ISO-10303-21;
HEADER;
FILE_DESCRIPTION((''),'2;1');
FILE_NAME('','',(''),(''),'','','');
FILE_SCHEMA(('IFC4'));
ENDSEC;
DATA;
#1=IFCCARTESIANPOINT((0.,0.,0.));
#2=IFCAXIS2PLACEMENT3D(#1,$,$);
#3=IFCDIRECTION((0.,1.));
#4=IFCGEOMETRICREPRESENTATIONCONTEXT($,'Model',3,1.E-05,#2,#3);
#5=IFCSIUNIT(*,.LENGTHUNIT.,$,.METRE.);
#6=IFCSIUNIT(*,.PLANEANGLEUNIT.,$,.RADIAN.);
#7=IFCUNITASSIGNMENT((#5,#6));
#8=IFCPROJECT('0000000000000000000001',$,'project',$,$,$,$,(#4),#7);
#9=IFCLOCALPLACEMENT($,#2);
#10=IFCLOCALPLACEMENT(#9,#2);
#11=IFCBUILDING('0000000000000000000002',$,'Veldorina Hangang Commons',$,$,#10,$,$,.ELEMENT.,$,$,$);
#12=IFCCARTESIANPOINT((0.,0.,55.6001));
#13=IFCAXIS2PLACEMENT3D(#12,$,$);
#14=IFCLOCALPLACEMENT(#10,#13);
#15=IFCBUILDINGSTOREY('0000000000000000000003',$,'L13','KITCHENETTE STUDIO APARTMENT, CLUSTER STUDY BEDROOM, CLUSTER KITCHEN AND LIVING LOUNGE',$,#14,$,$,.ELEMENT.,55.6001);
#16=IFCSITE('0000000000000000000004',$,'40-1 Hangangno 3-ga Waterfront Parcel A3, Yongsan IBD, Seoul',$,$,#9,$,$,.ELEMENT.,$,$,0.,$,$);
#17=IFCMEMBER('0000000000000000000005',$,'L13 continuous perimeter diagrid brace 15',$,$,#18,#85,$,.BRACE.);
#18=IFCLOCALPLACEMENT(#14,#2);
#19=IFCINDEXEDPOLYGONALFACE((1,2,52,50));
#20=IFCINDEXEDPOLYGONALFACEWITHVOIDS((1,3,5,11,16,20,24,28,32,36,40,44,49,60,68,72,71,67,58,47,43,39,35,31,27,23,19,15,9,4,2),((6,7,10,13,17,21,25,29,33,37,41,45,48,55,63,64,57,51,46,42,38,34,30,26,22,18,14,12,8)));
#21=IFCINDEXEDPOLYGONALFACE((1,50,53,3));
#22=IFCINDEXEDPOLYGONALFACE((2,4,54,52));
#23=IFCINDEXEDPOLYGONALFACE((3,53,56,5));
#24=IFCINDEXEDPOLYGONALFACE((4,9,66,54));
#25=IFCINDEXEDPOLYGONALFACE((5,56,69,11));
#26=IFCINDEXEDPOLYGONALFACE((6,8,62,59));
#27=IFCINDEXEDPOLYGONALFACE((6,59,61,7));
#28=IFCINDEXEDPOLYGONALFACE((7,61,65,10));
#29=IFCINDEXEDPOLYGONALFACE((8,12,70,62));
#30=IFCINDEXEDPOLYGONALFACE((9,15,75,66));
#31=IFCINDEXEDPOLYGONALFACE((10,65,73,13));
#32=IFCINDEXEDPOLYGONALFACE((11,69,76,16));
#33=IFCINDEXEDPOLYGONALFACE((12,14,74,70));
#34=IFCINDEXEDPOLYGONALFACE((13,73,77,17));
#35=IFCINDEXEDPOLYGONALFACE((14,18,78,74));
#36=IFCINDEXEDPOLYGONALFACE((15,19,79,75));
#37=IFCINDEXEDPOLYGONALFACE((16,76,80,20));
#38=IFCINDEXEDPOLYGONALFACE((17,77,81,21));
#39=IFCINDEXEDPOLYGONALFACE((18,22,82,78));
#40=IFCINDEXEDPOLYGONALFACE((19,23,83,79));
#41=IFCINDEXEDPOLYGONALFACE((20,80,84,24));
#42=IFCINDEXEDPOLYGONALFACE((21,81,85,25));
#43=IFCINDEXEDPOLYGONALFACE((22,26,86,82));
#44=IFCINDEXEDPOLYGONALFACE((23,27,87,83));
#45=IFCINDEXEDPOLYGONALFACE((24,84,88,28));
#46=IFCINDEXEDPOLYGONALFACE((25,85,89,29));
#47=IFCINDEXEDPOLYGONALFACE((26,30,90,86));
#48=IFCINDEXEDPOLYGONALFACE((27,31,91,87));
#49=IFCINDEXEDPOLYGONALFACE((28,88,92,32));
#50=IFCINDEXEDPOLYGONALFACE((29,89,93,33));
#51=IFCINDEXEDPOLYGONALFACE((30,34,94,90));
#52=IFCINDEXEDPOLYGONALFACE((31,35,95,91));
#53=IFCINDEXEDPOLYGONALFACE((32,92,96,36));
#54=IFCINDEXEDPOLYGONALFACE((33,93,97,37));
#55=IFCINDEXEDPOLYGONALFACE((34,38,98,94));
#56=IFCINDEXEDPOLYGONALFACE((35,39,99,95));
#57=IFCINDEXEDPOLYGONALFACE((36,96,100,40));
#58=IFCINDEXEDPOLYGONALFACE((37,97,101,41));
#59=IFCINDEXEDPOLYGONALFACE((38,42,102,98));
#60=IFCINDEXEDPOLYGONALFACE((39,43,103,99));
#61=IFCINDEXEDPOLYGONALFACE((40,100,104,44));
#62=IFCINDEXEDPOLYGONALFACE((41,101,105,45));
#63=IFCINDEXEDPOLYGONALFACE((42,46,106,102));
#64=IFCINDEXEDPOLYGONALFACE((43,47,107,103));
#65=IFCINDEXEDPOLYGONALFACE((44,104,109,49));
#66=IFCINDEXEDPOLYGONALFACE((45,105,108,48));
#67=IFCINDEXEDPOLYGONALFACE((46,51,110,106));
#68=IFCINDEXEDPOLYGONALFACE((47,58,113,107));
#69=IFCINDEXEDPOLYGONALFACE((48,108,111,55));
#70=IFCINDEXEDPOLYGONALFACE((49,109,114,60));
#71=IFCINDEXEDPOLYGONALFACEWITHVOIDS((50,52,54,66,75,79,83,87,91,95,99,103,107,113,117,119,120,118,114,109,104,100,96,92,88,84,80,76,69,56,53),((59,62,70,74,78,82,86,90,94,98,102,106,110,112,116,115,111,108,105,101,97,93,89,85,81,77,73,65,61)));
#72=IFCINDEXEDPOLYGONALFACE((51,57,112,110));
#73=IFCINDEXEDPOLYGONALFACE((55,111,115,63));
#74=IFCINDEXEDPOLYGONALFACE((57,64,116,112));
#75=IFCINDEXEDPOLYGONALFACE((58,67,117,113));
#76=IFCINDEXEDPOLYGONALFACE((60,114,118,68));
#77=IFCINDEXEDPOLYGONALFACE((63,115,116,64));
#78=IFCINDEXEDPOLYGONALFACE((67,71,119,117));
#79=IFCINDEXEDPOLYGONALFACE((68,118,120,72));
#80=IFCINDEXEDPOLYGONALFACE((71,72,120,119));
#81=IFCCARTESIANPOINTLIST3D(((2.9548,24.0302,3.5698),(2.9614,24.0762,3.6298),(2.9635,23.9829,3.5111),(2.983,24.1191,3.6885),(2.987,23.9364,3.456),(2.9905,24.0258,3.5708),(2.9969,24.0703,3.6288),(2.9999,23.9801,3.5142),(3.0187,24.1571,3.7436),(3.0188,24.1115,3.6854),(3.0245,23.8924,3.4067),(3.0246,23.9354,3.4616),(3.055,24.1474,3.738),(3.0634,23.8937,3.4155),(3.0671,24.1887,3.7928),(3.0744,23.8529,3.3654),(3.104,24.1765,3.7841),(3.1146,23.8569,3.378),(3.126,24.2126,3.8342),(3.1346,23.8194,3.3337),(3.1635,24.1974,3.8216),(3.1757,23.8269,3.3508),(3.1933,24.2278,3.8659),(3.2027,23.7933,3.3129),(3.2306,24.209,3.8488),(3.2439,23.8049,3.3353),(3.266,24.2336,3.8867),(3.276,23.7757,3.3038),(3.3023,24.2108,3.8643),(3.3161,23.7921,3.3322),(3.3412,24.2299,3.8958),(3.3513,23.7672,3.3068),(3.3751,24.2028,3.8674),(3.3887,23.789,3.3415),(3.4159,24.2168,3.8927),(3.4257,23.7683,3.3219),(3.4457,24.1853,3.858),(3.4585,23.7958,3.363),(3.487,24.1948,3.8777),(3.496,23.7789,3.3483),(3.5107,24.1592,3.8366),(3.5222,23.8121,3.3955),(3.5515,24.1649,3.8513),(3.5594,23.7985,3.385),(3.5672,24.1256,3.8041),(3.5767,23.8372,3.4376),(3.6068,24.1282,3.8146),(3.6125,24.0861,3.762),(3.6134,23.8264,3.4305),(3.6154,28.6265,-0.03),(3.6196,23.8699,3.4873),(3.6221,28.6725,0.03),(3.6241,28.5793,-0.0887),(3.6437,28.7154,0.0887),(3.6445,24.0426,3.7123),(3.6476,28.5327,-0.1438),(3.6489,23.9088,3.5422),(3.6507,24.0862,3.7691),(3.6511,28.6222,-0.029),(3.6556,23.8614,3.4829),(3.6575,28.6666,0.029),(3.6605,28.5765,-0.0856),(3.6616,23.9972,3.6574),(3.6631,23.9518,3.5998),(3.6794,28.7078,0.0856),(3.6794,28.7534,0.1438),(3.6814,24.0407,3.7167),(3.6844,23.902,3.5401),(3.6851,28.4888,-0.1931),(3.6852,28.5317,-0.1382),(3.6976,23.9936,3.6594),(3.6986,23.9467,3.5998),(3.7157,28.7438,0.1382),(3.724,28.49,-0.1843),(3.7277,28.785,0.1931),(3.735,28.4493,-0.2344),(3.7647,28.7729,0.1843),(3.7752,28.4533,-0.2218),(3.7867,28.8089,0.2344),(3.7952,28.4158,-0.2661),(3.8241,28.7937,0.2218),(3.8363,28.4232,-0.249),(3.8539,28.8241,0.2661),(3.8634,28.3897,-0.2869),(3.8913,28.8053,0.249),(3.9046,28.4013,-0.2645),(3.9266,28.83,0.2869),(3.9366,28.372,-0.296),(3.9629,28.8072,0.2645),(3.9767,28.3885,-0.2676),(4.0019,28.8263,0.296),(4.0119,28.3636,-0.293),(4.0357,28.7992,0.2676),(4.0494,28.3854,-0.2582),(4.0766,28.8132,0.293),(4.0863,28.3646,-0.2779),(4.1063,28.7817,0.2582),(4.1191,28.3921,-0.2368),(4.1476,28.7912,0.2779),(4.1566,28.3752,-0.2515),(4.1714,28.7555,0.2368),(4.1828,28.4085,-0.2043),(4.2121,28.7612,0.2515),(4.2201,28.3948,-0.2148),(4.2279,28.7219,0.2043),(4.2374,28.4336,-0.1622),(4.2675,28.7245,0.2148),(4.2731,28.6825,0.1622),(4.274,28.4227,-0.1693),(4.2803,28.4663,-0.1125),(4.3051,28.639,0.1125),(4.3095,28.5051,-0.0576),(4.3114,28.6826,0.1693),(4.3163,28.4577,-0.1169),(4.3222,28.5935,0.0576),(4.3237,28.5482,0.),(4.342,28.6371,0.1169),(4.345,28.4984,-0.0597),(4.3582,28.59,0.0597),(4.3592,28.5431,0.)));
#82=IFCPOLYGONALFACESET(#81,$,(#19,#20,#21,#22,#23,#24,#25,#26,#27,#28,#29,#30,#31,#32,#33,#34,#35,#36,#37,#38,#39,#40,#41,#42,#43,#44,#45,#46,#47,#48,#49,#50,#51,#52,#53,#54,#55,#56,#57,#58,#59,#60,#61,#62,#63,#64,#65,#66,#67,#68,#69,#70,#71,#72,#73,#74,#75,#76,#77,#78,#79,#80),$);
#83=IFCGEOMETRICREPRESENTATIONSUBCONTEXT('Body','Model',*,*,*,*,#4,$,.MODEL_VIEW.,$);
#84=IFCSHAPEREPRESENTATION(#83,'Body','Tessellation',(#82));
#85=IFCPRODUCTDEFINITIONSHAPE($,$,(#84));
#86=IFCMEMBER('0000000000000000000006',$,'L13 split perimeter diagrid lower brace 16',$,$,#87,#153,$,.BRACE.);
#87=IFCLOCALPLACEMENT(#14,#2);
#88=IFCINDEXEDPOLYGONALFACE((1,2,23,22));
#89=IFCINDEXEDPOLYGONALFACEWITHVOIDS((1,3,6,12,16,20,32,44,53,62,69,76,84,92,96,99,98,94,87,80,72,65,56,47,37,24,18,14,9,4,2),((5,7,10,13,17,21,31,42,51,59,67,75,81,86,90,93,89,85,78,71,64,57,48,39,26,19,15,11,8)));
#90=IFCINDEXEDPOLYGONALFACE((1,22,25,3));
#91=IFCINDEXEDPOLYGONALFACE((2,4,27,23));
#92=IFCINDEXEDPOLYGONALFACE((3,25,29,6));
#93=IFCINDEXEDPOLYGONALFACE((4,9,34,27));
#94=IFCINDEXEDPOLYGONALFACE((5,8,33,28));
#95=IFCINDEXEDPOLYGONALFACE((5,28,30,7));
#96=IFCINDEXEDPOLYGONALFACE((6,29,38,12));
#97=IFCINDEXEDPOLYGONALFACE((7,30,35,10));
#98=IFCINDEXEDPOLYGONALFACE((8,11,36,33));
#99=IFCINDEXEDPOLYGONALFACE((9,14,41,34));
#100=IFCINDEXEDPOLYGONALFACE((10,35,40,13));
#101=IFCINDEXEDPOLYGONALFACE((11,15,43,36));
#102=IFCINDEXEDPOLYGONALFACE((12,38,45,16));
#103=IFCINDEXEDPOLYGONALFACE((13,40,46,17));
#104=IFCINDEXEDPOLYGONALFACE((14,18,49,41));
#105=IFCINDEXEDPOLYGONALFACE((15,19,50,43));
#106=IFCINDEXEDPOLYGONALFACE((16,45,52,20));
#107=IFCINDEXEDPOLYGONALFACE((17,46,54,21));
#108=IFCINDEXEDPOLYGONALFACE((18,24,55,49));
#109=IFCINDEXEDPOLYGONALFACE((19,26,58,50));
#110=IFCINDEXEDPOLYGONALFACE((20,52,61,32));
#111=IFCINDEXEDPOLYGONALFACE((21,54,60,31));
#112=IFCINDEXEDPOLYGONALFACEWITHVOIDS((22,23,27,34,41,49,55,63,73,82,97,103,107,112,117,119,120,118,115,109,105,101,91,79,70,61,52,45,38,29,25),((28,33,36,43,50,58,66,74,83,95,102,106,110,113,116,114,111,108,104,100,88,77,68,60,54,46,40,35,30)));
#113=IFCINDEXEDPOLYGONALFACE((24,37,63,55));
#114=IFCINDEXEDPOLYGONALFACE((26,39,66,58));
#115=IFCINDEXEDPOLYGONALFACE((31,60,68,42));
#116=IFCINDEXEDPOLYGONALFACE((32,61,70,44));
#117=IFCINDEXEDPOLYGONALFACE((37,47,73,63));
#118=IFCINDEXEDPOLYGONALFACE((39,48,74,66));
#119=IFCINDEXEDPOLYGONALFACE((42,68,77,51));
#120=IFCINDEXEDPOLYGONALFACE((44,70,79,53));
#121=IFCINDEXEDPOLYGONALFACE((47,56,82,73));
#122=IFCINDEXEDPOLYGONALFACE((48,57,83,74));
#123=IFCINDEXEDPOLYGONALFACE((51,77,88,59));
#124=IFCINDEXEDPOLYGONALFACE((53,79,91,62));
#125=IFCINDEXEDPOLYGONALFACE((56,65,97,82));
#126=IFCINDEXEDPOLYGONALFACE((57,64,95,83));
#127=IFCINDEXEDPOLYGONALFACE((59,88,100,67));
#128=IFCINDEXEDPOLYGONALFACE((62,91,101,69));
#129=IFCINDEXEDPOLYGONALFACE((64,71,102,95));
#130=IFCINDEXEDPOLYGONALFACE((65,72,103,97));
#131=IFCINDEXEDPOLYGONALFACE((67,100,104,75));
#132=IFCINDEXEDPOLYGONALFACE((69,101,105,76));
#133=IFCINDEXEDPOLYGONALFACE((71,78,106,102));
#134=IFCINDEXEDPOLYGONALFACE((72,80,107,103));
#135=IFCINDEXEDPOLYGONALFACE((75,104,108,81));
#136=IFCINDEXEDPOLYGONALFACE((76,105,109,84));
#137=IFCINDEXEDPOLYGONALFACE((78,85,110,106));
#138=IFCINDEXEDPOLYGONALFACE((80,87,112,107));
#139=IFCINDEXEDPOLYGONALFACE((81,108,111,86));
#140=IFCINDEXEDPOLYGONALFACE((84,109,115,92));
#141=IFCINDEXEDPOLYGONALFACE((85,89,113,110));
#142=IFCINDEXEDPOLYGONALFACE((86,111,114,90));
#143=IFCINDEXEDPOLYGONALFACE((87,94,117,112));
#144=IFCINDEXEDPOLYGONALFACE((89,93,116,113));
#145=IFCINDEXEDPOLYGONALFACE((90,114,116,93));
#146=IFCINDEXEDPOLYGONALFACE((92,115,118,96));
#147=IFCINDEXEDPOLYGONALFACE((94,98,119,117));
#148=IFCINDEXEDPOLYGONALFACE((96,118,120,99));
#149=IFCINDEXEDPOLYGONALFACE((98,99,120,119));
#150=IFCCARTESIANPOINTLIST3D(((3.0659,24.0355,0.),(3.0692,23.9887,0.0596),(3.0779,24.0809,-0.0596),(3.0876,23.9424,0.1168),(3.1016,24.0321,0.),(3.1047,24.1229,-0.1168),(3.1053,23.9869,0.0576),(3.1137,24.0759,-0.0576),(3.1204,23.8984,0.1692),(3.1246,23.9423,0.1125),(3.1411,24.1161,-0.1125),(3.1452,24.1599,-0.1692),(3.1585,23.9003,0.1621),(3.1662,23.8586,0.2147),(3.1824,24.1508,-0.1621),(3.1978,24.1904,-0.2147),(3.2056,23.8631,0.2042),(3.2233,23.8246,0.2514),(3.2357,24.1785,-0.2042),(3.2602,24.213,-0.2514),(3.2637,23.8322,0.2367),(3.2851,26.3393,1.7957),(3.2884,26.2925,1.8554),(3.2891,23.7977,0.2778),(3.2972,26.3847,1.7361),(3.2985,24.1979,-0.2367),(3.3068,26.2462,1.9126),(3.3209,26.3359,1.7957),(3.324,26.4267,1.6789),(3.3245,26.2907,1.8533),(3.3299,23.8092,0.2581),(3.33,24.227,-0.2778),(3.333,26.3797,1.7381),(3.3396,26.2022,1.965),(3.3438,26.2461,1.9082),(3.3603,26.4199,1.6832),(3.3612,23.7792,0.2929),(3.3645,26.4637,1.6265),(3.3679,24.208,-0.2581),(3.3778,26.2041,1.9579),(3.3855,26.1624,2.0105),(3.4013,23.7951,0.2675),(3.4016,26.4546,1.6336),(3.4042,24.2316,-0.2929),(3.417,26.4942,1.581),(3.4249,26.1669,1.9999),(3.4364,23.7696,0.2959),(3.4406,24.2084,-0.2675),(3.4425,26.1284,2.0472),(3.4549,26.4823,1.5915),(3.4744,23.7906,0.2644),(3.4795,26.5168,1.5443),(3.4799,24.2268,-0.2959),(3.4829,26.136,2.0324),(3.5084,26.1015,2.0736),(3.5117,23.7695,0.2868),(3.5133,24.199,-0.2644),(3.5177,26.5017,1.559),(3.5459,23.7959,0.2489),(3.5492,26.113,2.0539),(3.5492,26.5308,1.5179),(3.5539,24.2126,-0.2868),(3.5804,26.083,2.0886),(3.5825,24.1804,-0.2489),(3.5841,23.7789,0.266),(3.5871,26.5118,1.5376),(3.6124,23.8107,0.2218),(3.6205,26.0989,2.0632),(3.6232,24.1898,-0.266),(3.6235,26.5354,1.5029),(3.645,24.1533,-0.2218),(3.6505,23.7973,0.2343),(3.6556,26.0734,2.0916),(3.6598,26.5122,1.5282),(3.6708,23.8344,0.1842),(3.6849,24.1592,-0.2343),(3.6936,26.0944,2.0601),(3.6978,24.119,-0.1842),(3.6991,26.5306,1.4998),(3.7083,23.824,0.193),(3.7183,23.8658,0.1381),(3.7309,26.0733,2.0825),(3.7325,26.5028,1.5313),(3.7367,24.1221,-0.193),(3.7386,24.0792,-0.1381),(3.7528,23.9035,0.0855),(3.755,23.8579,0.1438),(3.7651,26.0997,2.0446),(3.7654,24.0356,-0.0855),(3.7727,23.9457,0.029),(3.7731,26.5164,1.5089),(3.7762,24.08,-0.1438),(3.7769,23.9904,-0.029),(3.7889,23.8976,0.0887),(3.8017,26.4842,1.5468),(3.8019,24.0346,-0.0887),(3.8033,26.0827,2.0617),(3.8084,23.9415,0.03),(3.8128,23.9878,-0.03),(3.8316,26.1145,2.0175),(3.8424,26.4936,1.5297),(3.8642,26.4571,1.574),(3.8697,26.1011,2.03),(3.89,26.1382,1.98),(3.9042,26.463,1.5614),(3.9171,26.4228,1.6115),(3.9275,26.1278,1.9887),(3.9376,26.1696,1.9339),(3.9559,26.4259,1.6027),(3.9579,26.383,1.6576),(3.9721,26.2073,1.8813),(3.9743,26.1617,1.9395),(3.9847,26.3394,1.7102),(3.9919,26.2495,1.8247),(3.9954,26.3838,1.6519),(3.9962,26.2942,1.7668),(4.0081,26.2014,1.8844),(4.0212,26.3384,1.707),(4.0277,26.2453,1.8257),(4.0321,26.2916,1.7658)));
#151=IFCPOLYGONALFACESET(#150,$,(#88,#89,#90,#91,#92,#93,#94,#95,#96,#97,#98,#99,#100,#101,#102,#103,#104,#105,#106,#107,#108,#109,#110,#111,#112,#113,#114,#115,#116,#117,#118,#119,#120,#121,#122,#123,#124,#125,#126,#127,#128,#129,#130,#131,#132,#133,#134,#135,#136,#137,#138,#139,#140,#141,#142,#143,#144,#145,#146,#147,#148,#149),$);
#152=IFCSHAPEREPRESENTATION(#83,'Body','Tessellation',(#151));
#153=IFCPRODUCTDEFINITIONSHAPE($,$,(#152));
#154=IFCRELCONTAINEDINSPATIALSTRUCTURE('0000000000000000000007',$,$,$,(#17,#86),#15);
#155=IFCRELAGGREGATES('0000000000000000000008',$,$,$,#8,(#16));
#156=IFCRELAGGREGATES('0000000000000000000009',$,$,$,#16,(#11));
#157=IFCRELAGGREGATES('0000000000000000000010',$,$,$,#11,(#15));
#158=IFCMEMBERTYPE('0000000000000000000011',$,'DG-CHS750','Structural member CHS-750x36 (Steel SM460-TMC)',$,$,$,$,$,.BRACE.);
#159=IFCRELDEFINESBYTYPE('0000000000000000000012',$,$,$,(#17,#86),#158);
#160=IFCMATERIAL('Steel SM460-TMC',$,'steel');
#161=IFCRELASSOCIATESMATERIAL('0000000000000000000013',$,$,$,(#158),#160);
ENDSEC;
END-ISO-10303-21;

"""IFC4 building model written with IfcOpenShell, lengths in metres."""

from ifc_helpers import new_model, si_unit, direction, frame, origin, origin_2d, place, context, subcontext, project, spatial, hollow_circle, extrude, material, material_profile, profile_set, type_object, element, save


model = new_model("IFC4")

# Units and contexts
model_context = context("Model", 3, precision=1e-05, world=origin(), true_north=direction((0.0, 1.0)))
body_context = subcontext(model_context, "Body", "Model", "MODEL_VIEW")
ifc_project = project(units=[si_unit("LENGTHUNIT", "METRE"), si_unit("PLANEANGLEUNIT", "RADIAN")], contexts=[model_context])

# Site, building, storey
site_placement = place(None, origin())
site = spatial("IfcSite", under=ifc_project, at=site_placement, Name="40-1 Hangangno 3-ga Waterfront Parcel A3, Yongsan IBD, Seoul", CompositionType="ELEMENT", RefElevation=0.0)
building_placement = place(site_placement, origin())
building = spatial("IfcBuilding", under=site, at=building_placement, Name="Veldorina Hangang Commons", CompositionType="ELEMENT")
storey_placement = place(building_placement, frame((0.0, 0.0, 55.6001)))
storey = spatial("IfcBuildingStorey", under=building, at=storey_placement, Name="L13", Description="KITCHENETTE STUDIO APARTMENT, CLUSTER STUDY BEDROOM, CLUSTER KITCHEN AND LIVING LOUNGE", CompositionType="ELEMENT", Elevation=55.6001)

# Shared definitions
ifc_material_1 = material(Name="Steel SM460-TMC", Category="steel")

# Members
ifc_material_profile_1 = material_profile(ifc_material_1, hollow_circle(Radius=0.375, WallThickness=0.0359, at=origin_2d()), Name="CHS-750x36")
ifc_profile_set_1 = profile_set([ifc_material_profile_1], Name="Steel SM460-TMC")
member_type = type_object("IfcMemberType", Name="DG-CHS750", Description="Structural member CHS-750x36 (Steel SM460-TMC)", PredefinedType="BRACE", material=ifc_profile_set_1)
member_1_placement = place(storey_placement, frame((3.988, 28.5964, 0.0), z_axis=(-0.112439, -0.782293, 0.612679), x_axis=(0.989828, -0.142268, 0.0)))
element("IfcMember", 1, at=member_1_placement, inside=storey, type_object=member_type, Name="L13 continuous perimeter diagrid brace 15", PredefinedType="BRACE", context=body_context, shape_type="SweptSolid", body=[
    extrude(hollow_circle(Radius=0.375, WallThickness=0.0359, at=origin_2d()), origin(), (0.0, 0.0, 1.0), 5.8755),
])
member_2_placement = place(storey_placement, frame((3.4392, 24.0, 0.0), z_axis=(0.074849, 0.786496, 0.613043), x_axis=(-0.995502, 0.094739, 0.0)))
element("IfcMember", 2, at=member_2_placement, inside=storey, type_object=member_type, Name="L13 split perimeter diagrid lower brace 16", PredefinedType="BRACE", context=body_context, shape_type="SweptSolid", body=[
    extrude(hollow_circle(Radius=0.375, WallThickness=0.0359, at=origin_2d()), origin(), (0.0, 0.0, 1.0), 2.9292),
])

save(model, "model.ifc")
